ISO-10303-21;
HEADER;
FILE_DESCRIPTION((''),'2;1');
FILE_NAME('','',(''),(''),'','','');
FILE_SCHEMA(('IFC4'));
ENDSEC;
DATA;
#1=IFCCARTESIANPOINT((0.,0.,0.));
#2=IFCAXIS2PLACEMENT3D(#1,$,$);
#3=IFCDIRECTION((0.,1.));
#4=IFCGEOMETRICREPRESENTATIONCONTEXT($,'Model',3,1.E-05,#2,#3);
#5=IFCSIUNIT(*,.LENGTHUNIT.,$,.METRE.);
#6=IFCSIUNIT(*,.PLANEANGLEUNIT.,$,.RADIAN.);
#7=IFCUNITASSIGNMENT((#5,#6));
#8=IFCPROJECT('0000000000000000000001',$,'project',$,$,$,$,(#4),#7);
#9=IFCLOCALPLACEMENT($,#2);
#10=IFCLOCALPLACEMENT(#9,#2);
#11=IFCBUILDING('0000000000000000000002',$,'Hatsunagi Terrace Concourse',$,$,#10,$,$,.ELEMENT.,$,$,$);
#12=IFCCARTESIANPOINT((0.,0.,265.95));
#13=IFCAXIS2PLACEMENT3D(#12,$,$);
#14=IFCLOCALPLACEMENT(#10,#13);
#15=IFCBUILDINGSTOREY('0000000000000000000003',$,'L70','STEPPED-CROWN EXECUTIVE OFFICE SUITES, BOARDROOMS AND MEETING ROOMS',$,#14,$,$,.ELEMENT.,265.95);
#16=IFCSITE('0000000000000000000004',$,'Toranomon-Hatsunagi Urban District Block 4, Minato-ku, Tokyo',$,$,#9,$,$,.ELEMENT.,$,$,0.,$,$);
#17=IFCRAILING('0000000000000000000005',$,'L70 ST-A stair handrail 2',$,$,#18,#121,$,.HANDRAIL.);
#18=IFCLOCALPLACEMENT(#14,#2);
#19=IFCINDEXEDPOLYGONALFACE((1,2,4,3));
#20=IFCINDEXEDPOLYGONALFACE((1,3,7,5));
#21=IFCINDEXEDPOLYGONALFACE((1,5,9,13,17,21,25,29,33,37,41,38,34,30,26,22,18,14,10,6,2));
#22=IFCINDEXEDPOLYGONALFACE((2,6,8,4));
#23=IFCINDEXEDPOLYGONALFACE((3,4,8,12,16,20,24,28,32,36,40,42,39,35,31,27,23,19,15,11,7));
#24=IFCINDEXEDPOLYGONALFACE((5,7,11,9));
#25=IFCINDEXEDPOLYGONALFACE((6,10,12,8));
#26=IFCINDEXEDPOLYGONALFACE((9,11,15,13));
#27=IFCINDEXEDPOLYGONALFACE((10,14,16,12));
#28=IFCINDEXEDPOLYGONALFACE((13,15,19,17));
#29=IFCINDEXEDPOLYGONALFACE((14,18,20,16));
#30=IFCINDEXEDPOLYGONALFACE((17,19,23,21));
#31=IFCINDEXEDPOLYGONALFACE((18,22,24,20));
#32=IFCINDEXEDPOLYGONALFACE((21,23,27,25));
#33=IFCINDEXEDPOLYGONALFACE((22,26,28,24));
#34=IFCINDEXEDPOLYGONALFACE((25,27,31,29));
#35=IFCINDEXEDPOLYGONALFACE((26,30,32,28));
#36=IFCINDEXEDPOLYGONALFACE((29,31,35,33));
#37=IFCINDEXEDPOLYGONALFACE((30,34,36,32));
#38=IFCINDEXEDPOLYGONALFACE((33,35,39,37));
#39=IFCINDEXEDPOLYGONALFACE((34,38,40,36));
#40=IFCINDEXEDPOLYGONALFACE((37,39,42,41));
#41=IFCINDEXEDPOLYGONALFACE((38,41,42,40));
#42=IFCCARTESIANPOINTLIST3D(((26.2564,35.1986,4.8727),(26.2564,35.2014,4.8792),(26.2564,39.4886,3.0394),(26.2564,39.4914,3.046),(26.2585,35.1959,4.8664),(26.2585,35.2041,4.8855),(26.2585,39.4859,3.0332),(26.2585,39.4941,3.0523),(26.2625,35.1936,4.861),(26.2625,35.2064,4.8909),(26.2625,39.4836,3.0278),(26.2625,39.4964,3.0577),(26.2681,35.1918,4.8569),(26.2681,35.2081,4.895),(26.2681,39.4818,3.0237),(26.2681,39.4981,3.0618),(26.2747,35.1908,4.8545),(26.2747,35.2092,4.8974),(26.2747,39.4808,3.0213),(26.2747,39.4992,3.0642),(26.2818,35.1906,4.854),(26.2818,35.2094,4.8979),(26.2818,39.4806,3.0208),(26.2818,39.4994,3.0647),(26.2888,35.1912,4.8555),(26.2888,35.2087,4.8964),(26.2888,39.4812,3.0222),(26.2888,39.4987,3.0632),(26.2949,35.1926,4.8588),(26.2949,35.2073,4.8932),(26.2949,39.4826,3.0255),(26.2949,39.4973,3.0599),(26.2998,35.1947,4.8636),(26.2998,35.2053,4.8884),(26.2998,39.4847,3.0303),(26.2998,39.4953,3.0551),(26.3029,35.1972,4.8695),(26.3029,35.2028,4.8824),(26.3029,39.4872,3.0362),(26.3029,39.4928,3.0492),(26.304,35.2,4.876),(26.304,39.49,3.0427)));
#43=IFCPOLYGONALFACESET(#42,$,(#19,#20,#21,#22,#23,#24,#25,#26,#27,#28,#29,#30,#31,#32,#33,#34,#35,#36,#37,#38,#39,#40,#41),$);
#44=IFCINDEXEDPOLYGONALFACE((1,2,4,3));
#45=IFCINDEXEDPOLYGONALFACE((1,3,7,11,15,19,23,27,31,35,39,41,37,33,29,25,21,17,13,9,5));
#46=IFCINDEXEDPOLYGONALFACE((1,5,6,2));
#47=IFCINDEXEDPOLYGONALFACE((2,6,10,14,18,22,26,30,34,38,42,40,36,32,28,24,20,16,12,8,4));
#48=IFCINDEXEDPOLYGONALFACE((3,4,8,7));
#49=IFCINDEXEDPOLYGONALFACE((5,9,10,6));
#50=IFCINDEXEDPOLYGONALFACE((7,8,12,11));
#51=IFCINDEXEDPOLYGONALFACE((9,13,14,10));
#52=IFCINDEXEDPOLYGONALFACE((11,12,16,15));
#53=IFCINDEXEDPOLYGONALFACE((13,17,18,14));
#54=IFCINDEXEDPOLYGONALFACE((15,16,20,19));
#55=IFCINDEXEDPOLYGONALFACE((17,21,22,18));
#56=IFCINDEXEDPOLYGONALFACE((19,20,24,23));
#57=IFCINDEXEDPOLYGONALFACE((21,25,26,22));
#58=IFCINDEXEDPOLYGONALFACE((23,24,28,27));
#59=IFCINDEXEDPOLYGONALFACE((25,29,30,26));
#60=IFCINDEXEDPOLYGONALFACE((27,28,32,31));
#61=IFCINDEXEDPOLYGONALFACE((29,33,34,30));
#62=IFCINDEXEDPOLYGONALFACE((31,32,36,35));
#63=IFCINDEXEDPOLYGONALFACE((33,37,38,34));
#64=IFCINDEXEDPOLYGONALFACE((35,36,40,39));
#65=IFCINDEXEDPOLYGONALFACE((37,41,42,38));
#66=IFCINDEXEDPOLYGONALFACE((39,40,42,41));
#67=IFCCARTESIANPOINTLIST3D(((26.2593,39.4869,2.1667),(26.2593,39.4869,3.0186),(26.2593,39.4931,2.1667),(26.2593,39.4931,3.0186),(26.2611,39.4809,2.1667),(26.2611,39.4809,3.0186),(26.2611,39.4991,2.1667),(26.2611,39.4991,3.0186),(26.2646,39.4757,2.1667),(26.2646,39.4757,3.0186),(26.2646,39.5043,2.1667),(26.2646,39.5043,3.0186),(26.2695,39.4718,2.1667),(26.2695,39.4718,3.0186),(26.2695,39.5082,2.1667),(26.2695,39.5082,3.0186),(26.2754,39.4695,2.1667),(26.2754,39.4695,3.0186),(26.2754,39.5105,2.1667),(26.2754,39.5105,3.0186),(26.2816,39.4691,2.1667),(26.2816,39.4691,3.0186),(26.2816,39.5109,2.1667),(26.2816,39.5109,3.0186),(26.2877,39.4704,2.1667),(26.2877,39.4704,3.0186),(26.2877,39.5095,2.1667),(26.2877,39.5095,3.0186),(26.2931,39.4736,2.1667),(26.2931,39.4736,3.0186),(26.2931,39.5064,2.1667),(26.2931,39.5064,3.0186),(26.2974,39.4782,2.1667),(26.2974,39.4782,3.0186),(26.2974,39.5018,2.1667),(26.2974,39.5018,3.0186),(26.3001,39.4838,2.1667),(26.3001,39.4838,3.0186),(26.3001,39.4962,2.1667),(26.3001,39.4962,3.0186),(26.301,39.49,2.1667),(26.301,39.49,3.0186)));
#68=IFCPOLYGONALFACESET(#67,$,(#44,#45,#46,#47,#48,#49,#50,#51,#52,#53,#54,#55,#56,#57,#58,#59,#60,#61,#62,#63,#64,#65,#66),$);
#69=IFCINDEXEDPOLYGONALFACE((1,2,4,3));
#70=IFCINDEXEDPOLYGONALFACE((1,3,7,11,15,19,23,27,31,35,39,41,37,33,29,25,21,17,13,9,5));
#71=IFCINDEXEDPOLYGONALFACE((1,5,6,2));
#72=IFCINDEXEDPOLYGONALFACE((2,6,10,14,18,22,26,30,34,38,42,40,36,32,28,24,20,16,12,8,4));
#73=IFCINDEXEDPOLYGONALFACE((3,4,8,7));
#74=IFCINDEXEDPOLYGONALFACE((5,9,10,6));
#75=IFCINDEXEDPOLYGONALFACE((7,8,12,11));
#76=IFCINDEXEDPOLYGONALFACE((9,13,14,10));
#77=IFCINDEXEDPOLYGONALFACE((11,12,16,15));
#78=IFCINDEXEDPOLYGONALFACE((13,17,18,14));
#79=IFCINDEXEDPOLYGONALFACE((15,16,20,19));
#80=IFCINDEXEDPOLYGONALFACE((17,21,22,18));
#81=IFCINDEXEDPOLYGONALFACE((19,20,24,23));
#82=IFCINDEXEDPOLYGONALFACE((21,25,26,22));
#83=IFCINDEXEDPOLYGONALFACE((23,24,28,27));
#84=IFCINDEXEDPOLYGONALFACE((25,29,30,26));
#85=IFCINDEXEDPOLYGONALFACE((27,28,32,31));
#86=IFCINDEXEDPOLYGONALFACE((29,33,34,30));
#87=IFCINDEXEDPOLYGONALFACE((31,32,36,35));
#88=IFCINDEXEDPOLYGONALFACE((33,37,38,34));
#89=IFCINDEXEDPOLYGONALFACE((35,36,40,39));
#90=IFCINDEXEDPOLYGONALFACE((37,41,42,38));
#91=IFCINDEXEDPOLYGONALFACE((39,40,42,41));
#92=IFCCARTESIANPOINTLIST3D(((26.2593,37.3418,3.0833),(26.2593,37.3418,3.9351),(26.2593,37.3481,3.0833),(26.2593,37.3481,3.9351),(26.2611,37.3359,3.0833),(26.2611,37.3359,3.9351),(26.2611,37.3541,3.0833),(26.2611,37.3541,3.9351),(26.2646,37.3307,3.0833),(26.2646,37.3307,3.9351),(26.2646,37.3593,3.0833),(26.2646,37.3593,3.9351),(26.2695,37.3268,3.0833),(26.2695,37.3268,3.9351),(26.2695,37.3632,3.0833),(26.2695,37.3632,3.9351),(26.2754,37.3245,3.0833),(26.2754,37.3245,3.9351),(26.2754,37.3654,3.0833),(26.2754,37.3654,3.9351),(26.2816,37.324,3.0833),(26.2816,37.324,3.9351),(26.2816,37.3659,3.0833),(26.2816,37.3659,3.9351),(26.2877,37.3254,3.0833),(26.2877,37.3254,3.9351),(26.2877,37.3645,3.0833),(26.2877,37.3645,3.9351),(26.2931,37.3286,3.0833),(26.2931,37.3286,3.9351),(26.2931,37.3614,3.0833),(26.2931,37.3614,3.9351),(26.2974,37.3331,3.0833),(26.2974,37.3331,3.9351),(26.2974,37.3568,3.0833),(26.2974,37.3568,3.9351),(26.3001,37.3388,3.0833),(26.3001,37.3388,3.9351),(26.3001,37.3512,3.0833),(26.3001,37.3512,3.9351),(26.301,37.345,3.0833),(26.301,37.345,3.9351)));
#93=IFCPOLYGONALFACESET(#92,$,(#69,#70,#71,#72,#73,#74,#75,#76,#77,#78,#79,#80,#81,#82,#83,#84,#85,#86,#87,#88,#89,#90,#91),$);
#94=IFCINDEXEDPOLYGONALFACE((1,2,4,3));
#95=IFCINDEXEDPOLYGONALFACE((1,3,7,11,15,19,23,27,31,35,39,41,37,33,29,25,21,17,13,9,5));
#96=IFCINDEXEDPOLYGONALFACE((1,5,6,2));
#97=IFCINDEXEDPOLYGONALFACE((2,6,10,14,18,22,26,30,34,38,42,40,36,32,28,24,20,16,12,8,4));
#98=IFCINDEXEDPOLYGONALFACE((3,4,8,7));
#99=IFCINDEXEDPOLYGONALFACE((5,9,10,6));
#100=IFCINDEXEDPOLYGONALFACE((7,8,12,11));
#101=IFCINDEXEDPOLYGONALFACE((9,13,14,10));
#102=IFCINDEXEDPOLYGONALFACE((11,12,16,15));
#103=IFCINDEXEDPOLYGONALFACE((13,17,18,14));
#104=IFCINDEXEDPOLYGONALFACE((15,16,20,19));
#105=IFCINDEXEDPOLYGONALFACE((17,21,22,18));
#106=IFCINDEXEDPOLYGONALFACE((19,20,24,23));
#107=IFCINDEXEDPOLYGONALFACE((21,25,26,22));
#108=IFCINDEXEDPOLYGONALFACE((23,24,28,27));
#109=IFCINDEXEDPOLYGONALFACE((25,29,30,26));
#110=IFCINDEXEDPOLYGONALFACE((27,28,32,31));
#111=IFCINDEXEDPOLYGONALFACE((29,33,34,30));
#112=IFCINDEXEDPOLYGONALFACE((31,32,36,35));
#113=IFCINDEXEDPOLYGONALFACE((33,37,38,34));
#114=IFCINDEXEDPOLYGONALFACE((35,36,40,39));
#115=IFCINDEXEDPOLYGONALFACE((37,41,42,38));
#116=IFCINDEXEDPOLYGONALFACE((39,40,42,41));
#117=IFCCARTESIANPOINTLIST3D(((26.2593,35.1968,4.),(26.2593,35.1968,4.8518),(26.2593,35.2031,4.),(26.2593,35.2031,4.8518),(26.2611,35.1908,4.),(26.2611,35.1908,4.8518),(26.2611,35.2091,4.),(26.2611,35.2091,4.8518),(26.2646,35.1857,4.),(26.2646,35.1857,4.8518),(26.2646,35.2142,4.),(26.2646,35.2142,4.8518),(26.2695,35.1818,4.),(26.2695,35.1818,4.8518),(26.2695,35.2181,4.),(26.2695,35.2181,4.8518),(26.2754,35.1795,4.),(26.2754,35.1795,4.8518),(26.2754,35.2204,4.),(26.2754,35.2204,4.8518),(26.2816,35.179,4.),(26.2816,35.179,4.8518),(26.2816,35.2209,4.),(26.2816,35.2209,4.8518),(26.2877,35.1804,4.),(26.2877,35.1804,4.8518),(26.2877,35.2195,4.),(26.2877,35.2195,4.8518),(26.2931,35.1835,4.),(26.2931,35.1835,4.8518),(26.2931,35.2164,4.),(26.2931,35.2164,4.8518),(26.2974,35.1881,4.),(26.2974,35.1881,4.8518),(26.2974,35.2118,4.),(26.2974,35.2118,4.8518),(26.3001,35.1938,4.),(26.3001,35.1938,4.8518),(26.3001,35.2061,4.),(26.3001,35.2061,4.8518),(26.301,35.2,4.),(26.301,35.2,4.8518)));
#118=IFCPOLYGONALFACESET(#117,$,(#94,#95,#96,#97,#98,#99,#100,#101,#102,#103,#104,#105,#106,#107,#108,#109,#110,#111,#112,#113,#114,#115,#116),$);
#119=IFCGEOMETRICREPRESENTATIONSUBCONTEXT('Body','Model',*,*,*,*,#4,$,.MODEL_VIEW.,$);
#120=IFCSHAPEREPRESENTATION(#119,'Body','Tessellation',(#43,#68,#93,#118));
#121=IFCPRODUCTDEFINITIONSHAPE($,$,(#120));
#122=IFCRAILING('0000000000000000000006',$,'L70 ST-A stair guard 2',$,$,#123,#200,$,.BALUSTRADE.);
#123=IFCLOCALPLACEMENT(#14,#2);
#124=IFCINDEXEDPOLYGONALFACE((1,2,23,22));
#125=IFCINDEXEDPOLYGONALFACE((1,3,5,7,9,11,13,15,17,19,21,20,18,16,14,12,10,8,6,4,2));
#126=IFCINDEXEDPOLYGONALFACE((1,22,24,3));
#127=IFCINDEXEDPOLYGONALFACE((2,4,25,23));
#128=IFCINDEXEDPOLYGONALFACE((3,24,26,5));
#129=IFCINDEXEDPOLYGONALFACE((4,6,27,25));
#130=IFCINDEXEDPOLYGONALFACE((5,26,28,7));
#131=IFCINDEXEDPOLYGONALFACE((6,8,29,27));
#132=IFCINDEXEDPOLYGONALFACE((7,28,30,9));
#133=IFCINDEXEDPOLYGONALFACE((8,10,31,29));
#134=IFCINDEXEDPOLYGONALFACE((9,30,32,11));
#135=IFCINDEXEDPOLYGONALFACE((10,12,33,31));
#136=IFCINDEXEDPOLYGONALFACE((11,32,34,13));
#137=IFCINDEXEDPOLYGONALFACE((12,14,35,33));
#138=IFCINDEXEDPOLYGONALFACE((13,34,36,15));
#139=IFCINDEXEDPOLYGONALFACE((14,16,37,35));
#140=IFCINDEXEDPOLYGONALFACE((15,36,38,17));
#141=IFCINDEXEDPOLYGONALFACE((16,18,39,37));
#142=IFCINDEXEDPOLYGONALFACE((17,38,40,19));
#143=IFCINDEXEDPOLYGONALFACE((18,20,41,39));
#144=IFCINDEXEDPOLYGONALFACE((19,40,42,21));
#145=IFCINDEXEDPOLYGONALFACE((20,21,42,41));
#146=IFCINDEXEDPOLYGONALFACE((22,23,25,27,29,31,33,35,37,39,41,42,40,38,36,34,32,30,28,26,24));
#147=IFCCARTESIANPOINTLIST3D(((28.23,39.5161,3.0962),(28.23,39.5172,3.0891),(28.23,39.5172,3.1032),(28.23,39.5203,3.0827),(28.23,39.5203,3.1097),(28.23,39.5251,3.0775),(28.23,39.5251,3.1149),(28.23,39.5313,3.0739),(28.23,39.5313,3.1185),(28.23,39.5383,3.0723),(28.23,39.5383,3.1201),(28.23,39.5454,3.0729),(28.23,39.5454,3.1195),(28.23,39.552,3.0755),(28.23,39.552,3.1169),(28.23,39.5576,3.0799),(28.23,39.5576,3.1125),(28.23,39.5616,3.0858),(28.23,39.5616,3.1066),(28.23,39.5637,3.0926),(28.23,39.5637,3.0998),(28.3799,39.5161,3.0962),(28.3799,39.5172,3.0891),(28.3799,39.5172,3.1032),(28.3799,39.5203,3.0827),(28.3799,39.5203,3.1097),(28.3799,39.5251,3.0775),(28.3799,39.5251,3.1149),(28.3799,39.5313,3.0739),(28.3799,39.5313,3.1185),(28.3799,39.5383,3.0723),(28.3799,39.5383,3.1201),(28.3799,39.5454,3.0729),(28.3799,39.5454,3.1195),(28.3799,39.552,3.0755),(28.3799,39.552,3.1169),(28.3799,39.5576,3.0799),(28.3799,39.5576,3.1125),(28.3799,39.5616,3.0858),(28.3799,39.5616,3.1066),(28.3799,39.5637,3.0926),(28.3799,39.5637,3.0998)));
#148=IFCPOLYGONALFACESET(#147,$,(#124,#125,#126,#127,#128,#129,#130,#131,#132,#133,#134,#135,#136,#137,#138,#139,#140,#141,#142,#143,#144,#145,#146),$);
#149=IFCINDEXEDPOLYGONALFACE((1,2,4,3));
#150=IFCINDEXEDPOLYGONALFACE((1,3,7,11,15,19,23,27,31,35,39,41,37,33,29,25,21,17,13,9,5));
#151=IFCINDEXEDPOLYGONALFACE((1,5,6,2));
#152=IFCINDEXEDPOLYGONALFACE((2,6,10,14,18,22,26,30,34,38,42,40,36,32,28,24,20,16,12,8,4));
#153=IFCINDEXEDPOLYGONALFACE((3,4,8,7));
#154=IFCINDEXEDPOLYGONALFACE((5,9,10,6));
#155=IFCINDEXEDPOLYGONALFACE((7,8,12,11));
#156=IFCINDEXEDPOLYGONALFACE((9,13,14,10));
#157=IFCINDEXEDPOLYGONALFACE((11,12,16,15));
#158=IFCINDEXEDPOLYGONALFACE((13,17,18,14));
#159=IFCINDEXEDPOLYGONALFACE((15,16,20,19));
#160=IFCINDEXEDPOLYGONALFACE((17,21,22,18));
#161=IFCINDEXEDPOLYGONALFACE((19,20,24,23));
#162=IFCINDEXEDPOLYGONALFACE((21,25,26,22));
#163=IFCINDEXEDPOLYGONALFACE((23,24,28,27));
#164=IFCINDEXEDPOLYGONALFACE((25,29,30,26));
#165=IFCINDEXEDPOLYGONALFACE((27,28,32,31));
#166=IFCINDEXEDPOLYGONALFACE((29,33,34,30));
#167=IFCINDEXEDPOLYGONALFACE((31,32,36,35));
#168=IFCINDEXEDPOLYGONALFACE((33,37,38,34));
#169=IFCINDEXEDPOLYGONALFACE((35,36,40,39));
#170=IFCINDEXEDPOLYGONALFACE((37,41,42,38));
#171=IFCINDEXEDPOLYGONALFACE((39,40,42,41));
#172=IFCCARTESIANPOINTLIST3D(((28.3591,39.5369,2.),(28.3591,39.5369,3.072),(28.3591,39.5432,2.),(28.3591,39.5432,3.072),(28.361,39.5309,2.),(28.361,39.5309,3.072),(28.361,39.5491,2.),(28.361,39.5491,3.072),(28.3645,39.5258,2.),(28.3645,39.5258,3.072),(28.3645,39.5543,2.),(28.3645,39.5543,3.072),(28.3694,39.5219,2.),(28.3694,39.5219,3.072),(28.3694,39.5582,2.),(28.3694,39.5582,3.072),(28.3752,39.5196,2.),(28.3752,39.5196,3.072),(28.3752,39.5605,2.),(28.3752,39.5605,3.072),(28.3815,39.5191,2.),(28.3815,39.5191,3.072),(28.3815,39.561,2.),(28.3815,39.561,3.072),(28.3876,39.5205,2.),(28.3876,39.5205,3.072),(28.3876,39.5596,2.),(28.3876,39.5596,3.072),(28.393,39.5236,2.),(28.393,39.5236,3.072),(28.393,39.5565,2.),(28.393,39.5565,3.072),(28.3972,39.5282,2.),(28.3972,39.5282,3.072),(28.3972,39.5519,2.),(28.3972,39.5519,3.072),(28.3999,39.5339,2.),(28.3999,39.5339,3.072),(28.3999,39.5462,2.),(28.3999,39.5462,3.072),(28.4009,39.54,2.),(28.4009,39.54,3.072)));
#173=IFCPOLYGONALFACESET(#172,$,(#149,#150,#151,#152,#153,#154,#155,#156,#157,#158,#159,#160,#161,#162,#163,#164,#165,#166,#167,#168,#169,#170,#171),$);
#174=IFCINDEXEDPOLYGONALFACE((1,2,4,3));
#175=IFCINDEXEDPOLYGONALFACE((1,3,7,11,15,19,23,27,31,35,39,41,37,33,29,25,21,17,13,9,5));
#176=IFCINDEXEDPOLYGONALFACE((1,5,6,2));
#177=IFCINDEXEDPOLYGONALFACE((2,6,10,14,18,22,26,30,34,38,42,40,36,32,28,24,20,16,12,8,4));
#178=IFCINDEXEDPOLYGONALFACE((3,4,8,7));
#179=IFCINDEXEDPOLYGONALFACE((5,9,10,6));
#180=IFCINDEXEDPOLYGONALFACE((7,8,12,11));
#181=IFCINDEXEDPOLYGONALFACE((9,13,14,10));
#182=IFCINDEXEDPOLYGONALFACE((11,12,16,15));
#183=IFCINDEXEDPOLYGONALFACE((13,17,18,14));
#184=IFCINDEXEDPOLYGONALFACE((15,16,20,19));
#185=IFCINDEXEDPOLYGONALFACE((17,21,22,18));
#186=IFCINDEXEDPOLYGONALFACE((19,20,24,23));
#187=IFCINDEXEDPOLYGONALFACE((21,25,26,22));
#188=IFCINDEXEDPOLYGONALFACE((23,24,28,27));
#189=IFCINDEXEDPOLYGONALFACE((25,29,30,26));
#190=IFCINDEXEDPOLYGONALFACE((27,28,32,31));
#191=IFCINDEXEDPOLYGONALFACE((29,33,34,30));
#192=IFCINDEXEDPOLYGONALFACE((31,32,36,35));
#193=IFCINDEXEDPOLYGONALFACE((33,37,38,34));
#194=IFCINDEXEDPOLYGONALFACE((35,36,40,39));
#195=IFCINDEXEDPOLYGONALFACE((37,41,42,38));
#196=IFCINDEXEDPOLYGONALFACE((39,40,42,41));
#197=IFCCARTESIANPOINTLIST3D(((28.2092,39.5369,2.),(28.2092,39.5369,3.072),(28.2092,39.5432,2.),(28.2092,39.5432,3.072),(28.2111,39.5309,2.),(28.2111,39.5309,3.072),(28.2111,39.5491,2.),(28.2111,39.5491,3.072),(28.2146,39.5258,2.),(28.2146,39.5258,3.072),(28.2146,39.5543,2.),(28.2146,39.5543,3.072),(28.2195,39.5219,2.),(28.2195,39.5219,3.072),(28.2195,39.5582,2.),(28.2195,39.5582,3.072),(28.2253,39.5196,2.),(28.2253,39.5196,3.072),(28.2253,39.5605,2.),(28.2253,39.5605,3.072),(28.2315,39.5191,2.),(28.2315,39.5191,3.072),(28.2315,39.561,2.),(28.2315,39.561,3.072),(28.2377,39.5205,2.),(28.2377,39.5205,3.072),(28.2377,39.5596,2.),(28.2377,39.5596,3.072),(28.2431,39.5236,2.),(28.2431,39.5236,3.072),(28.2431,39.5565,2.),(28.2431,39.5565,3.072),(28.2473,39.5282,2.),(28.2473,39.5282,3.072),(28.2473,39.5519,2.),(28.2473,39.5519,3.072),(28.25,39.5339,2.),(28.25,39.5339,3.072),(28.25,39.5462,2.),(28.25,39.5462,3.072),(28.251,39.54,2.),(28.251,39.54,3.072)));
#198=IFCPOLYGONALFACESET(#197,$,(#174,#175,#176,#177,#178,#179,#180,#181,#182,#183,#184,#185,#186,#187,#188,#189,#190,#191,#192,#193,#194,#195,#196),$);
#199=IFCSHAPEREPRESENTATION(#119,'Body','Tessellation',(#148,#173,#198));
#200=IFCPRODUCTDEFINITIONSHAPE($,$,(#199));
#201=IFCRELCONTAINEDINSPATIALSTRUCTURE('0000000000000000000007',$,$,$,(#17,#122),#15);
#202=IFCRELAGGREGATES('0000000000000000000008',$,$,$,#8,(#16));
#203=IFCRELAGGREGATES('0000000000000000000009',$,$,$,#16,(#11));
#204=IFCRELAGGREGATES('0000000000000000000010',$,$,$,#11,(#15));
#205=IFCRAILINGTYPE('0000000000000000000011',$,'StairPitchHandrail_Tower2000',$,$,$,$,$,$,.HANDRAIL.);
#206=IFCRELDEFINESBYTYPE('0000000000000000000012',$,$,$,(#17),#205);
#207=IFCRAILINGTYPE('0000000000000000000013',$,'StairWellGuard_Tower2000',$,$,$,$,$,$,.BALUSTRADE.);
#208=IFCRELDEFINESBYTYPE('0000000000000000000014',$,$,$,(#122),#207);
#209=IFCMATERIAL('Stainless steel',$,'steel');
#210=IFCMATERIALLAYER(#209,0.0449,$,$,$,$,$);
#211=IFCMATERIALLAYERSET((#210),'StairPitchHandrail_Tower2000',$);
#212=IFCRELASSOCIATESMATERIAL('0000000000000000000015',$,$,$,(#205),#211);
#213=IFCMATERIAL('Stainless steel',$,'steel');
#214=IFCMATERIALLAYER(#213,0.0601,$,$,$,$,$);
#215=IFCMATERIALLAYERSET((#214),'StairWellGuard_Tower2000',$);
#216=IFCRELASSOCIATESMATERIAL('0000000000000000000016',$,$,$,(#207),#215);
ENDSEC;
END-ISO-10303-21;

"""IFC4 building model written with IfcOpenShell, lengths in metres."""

from ifc_helpers import new_model, si_unit, direction, frame, origin, origin_2d, place, context, subcontext, project, spatial, circle, extrude, material, layer, layer_set, type_object, element, save


model = new_model("IFC4")

# Units and contexts
model_context = context("Model", 3, precision=1e-05, world=origin(), true_north=direction((0.0, 1.0)))
body_context = subcontext(model_context, "Body", "Model", "MODEL_VIEW")
ifc_project = project(units=[si_unit("LENGTHUNIT", "METRE"), si_unit("PLANEANGLEUNIT", "RADIAN")], contexts=[model_context])

# Site, building, storey
site_placement = place(None, origin())
site = spatial("IfcSite", under=ifc_project, at=site_placement, Name="Toranomon-Hatsunagi Urban District Block 4, Minato-ku, Tokyo", CompositionType="ELEMENT", RefElevation=0.0)
building_placement = place(site_placement, origin())
building = spatial("IfcBuilding", under=site, at=building_placement, Name="Hatsunagi Terrace Concourse", CompositionType="ELEMENT")
storey_placement = place(building_placement, frame((0.0, 0.0, 265.95)))
storey = spatial("IfcBuildingStorey", under=building, at=storey_placement, Name="L70", Description="STEPPED-CROWN EXECUTIVE OFFICE SUITES, BOARDROOMS AND MEETING ROOMS", CompositionType="ELEMENT", Elevation=265.95)

# Railings
ifc_material_1 = material(Name="Stainless steel", Category="steel")
ifc_layer_1 = layer(ifc_material_1, 0.0449)
ifc_layer_set_1 = layer_set([ifc_layer_1], Name="StairPitchHandrail_Tower2000")
railing_type_1 = type_object("IfcRailingType", Name="StairPitchHandrail_Tower2000", PredefinedType="HANDRAIL", material=ifc_layer_set_1)
railing_1_placement = place(storey_placement, frame((26.28, 39.49, 2.1667)))
element("IfcRailing", 1, at=railing_1_placement, inside=storey, type_object=railing_type_1, Name="L70 ST-A stair handrail 2", PredefinedType="HANDRAIL", context=body_context, shape_type="SweptSolid", body=[
    extrude(circle(Radius=0.0239, at=origin_2d()), frame((0.0, 0.0, 0.876), z_axis=(0.0, -0.919559, 0.392953), x_axis=(1.0, 0.0, 0.0)), (0.0, 0.0, 1.0), 4.6653),
    extrude(circle(Radius=0.021, at=origin_2d()), origin(), (0.0, 0.0, 1.0), 0.8518),
    extrude(circle(Radius=0.021, at=origin_2d()), frame((0.0, -2.145, 0.9165)), (0.0, 0.0, 1.0), 0.8518),
    extrude(circle(Radius=0.021, at=origin_2d()), frame((0.0, -4.29, 1.8333)), (0.0, 0.0, 1.0), 0.8518),
])
ifc_material_2 = material(Name="Stainless steel", Category="steel")
ifc_layer_2 = layer(ifc_material_2, 0.0601)
ifc_layer_set_2 = layer_set([ifc_layer_2], Name="StairWellGuard_Tower2000")
railing_type_2 = type_object("IfcRailingType", Name="StairWellGuard_Tower2000", PredefinedType="BALUSTRADE", material=ifc_layer_set_2)
railing_2_placement = place(storey_placement, frame((28.3799, 39.54, 2.0)))
element("IfcRailing", 2, at=railing_2_placement, inside=storey, type_object=railing_type_2, Name="L70 ST-A stair guard 2", PredefinedType="BALUSTRADE", context=body_context, shape_type="SweptSolid", body=[
    extrude(circle(Radius=0.0239, at=origin_2d()), frame((0.0, 0.0, 1.0962), z_axis=(-1.0, 0.0, 0.0), x_axis=(0.0, -1.0, 0.0)), (0.0, 0.0, 1.0), 0.1499),
    extrude(circle(Radius=0.021, at=origin_2d()), origin(), (0.0, 0.0, 1.0), 1.072),
    extrude(circle(Radius=0.021, at=origin_2d()), frame((-0.1499, 0.0, 0.0)), (0.0, 0.0, 1.0), 1.072),
])

save(model, "model.ifc")
